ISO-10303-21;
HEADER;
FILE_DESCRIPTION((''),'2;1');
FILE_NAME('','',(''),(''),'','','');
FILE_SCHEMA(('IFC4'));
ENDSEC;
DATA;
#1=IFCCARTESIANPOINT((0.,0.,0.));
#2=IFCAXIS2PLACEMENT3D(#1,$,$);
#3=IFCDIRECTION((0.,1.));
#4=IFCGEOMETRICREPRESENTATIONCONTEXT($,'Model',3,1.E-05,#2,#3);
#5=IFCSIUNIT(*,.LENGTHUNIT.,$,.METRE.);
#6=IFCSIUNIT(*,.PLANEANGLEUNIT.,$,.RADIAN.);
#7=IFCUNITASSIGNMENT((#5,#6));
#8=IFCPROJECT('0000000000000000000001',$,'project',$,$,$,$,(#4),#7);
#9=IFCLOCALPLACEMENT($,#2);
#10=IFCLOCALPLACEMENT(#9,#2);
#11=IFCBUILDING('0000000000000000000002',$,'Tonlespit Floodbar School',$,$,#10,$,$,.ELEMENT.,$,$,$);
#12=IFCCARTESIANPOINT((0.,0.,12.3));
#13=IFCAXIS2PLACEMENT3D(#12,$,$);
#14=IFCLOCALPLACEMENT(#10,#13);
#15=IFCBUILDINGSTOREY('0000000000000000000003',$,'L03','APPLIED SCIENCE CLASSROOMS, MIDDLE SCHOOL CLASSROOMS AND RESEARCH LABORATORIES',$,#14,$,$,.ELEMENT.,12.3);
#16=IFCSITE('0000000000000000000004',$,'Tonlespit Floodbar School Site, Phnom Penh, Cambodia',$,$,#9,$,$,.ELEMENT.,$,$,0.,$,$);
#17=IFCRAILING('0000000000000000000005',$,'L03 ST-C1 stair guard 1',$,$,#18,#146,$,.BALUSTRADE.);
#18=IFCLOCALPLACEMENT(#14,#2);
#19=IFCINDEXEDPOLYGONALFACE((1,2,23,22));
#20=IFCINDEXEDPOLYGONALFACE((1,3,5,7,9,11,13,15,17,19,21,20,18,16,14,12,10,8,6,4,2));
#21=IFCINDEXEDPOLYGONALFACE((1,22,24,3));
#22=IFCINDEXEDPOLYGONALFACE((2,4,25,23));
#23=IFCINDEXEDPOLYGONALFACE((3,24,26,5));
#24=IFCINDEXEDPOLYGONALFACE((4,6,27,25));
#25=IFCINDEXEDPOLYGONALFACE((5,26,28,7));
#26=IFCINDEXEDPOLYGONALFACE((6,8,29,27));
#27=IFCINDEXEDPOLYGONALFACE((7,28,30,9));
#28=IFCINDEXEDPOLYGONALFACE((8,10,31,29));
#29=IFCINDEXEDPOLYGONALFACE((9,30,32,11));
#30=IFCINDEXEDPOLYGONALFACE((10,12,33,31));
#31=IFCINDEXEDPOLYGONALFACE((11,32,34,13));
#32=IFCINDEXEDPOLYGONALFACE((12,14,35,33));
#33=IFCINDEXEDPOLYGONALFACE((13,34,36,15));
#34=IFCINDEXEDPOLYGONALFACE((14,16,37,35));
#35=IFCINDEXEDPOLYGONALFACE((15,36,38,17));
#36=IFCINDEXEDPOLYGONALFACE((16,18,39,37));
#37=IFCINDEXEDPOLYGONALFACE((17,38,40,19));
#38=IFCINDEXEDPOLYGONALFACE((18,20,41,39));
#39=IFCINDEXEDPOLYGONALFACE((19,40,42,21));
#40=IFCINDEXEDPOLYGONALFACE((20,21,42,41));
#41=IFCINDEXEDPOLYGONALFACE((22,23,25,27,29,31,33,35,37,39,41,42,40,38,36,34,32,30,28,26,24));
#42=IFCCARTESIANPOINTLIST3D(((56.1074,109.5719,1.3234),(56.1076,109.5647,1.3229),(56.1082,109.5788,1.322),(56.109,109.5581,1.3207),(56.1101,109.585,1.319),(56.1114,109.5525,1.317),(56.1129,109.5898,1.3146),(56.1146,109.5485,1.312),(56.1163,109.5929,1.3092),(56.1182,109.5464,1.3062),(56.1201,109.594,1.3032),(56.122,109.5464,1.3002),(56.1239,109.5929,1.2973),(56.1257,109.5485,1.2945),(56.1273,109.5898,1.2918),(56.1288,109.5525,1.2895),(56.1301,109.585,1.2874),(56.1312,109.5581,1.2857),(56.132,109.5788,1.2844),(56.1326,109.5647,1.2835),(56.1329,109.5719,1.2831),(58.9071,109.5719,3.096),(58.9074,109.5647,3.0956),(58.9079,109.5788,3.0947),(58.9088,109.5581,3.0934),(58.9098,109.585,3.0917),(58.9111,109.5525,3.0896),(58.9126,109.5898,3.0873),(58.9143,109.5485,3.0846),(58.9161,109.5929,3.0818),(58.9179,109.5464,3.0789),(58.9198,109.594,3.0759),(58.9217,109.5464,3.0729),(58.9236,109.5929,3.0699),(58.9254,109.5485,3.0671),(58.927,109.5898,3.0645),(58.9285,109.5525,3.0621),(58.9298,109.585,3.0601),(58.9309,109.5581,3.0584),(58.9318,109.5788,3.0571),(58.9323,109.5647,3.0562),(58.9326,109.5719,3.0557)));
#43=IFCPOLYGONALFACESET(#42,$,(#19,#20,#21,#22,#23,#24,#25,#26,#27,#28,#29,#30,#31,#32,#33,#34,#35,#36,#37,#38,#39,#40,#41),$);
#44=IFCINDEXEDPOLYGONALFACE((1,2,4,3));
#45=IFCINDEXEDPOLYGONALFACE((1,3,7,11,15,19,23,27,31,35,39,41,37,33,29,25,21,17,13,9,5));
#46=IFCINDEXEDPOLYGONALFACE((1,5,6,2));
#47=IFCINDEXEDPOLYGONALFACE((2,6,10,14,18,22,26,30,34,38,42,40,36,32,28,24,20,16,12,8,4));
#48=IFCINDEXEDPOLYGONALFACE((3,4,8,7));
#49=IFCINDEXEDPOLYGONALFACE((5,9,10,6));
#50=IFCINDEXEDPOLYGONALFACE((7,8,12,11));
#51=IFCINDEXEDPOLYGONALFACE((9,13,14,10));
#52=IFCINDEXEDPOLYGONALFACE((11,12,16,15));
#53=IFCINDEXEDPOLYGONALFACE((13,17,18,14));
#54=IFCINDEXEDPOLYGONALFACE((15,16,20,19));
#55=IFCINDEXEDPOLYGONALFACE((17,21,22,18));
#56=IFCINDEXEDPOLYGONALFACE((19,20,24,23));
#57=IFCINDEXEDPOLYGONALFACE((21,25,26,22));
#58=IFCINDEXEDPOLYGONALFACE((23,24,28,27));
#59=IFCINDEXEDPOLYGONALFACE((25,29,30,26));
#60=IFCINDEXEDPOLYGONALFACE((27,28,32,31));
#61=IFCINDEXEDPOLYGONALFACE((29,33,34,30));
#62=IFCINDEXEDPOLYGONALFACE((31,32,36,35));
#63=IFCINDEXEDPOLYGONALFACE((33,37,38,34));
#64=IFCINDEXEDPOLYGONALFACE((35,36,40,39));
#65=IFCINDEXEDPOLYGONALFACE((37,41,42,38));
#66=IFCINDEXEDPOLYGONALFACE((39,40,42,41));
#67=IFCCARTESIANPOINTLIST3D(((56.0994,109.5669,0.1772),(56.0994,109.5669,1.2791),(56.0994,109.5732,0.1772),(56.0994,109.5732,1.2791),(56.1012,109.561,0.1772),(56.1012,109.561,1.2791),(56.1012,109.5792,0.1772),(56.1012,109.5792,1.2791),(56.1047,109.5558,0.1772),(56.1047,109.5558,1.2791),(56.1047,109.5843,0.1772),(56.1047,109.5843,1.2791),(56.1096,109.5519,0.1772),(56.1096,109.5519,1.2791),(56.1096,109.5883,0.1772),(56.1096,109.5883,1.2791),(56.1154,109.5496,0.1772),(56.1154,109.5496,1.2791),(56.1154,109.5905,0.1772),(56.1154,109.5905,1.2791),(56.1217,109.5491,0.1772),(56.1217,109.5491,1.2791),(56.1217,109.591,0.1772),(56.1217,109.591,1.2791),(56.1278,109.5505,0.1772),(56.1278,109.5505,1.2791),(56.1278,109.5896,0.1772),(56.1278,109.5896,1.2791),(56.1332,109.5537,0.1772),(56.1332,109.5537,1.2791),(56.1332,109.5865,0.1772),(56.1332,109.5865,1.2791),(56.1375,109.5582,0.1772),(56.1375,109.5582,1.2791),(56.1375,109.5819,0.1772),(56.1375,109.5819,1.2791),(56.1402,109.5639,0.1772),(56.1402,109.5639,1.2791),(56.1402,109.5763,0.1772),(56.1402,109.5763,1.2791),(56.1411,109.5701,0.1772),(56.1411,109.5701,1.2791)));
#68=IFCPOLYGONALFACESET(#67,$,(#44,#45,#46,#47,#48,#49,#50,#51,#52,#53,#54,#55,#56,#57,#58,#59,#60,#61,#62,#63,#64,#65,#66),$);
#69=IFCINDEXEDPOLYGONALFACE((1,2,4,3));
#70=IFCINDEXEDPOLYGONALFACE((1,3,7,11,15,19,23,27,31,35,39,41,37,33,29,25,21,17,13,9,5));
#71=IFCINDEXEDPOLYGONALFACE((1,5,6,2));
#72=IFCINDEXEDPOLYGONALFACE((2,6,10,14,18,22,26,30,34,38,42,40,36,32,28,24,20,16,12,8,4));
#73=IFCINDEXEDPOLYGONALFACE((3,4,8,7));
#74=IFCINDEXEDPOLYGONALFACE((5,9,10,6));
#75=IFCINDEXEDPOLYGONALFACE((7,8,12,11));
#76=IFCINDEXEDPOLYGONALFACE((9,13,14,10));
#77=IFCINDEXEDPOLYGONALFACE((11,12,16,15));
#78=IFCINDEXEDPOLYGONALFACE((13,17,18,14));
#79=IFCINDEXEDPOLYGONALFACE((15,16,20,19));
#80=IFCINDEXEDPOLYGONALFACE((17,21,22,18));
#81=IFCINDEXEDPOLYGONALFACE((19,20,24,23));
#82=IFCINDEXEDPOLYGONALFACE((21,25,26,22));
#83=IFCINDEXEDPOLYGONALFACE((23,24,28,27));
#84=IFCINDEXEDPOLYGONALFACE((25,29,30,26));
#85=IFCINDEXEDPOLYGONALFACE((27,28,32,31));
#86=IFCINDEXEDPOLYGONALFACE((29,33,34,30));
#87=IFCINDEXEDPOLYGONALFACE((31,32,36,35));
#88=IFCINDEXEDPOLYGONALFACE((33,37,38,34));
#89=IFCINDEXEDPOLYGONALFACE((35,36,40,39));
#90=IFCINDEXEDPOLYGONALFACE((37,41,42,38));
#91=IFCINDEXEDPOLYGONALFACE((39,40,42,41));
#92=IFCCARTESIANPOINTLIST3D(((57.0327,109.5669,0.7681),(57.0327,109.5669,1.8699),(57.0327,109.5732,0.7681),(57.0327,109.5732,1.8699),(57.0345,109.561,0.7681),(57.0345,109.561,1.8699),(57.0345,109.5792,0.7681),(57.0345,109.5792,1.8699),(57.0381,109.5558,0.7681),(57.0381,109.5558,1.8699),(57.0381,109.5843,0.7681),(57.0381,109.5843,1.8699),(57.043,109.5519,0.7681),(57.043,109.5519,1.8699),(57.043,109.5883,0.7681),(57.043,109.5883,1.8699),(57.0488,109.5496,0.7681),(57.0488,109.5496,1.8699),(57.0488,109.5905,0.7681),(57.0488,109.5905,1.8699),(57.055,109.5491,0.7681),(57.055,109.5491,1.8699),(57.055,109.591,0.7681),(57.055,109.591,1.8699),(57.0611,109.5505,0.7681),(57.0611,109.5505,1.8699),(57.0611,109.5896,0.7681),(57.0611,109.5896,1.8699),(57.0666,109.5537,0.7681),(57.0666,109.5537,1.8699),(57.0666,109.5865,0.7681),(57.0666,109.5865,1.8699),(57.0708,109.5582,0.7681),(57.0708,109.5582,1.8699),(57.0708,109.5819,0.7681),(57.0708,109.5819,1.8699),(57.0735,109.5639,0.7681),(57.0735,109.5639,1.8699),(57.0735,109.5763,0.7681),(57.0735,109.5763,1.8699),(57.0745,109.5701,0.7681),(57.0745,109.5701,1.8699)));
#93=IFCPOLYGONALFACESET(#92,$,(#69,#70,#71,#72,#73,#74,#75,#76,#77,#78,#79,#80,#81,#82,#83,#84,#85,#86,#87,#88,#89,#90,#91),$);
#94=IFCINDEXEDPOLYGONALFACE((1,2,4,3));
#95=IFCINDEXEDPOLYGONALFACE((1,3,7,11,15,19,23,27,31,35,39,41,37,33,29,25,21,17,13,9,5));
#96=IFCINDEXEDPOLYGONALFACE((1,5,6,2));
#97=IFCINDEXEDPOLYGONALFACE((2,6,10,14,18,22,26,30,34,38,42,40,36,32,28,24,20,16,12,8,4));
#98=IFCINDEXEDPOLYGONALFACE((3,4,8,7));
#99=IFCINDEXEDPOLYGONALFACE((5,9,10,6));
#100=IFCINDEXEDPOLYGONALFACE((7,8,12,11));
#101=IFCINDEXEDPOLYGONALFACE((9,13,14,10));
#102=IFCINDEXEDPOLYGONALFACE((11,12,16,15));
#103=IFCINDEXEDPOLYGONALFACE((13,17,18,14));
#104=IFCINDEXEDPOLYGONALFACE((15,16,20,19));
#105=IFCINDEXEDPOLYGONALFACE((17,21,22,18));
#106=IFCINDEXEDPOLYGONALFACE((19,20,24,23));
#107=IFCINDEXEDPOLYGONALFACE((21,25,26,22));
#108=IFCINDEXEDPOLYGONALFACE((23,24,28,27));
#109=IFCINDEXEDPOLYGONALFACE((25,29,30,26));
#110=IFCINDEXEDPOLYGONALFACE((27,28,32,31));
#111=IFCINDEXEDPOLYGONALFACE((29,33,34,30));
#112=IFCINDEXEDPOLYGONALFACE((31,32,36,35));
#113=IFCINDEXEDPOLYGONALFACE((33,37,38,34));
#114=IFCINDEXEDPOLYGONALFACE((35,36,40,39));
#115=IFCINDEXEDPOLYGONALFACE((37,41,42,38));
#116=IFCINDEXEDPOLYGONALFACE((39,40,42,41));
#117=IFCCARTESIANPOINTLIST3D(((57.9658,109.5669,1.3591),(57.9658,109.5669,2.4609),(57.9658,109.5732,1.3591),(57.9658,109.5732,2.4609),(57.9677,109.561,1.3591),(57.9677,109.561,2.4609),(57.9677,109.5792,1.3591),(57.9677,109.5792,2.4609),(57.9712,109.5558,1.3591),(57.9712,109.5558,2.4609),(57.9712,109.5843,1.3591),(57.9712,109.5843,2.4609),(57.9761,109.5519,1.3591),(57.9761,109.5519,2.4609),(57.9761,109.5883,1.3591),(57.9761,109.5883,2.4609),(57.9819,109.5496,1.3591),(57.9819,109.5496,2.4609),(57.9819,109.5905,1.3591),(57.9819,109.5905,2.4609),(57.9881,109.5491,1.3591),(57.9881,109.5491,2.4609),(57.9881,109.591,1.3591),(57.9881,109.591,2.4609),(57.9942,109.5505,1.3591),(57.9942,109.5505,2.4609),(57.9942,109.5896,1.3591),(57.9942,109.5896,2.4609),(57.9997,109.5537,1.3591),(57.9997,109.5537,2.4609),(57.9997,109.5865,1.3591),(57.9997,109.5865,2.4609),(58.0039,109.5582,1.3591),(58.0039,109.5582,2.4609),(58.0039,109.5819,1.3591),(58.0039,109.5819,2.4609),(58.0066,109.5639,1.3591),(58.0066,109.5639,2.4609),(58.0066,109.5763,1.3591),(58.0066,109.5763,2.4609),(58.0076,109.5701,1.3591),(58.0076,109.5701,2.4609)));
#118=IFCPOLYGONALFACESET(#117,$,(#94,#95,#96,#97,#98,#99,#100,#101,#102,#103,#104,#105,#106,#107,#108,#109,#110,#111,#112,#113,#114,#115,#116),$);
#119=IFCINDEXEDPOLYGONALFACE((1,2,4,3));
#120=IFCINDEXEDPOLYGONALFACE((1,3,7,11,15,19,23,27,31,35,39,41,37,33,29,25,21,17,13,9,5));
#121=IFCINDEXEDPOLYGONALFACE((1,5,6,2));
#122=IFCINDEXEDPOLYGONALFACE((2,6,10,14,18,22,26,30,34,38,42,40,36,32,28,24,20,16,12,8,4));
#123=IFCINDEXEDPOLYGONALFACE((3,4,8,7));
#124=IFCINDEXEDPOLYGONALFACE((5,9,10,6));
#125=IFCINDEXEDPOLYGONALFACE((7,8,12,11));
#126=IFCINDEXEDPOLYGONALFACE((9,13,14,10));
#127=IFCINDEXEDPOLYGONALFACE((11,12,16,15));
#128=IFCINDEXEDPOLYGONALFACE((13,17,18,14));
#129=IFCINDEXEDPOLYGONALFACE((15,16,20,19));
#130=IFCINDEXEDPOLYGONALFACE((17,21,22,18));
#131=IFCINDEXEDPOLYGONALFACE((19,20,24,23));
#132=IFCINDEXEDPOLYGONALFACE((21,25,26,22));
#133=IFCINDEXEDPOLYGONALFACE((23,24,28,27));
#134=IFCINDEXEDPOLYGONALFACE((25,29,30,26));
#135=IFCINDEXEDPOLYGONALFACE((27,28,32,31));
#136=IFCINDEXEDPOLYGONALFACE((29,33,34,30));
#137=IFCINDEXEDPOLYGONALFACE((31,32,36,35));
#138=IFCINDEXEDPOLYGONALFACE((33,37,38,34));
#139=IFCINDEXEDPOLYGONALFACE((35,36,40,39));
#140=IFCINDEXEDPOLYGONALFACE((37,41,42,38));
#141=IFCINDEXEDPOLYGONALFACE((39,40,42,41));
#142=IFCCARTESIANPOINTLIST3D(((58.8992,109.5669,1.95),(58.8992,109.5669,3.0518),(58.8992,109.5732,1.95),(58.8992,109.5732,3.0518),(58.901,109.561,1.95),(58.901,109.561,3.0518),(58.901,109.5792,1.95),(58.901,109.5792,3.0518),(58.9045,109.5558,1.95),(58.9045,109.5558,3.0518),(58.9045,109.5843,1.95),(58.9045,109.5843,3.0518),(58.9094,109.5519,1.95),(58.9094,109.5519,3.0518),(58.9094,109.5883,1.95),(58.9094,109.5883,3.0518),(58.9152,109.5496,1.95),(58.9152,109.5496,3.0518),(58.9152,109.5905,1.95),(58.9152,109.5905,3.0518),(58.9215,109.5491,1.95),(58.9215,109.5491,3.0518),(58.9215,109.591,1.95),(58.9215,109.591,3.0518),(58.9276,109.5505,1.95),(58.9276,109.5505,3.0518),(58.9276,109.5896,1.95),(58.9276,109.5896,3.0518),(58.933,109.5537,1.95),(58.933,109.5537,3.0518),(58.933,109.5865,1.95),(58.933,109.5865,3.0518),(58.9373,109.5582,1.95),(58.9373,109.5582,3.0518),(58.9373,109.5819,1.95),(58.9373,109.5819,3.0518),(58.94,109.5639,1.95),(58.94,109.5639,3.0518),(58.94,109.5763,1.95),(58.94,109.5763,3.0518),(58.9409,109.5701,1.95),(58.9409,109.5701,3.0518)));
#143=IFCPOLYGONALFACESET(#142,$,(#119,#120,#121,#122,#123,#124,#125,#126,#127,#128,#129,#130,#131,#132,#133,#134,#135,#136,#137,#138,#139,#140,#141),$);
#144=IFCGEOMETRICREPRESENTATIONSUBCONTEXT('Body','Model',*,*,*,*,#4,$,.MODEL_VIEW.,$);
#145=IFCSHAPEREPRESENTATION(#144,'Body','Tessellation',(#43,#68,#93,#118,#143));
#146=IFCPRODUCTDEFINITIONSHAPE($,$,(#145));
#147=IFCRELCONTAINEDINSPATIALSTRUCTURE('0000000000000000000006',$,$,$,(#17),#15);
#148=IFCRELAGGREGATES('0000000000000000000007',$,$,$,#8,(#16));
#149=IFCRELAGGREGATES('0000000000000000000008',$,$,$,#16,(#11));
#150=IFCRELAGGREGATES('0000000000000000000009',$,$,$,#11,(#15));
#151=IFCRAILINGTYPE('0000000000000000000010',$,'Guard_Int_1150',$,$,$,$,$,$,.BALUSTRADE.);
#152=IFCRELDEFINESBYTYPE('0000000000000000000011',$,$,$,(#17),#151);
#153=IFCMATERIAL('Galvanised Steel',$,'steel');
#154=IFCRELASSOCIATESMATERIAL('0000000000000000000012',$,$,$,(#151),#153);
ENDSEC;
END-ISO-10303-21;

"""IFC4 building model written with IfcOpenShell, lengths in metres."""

from ifc_helpers import new_model, si_unit, direction, frame, origin, origin_2d, place, context, subcontext, project, spatial, circle, extrude, material, type_object, element, save


model = new_model("IFC4")

# Units and contexts
model_context = context("Model", 3, precision=1e-05, world=origin(), true_north=direction((0.0, 1.0)))
body_context = subcontext(model_context, "Body", "Model", "MODEL_VIEW")
ifc_project = project(units=[si_unit("LENGTHUNIT", "METRE"), si_unit("PLANEANGLEUNIT", "RADIAN")], contexts=[model_context])

# Site, building, storey
site_placement = place(None, origin())
site = spatial("IfcSite", under=ifc_project, at=site_placement, Name="Tonlespit Floodbar School Site, Phnom Penh, Cambodia", CompositionType="ELEMENT", RefElevation=0.0)
building_placement = place(site_placement, origin())
building = spatial("IfcBuilding", under=site, at=building_placement, Name="Tonlespit Floodbar School", CompositionType="ELEMENT")
storey_placement = place(building_placement, frame((0.0, 0.0, 12.3)))
storey = spatial("IfcBuildingStorey", under=building, at=storey_placement, Name="L03", Description="APPLIED SCIENCE CLASSROOMS, MIDDLE SCHOOL CLASSROOMS AND RESEARCH LABORATORIES", CompositionType="ELEMENT", Elevation=12.3)

# Shared definitions
ifc_material_1 = material(Name="Galvanised Steel", Category="steel")

# Railing
railing_type_1 = type_object("IfcRailingType", Name="Guard_Int_1150", PredefinedType="BALUSTRADE", material=ifc_material_1)
railing_1_placement = place(storey_placement, frame((56.1201, 109.5701, 0.1772)))
element("IfcRailing", 1, at=railing_1_placement, inside=storey, type_object=railing_type_1, Name="L03 ST-C1 stair guard 1", PredefinedType="BALUSTRADE", context=body_context, shape_type="SweptSolid", body=[
    extrude(circle(Radius=0.0239, at=origin_2d()), frame((0.0, 0.0, 1.126), z_axis=(0.844888, 0.0, 0.534943), x_axis=(0.0, 1.0, 0.0)), (0.0, 0.0, 1.0), 3.3137),
    extrude(circle(Radius=0.021, at=origin_2d()), origin(), (0.0, 0.0, 1.0), 1.1018),
    extrude(circle(Radius=0.021, at=origin_2d()), frame((0.9333, 0.0, 0.5908)), (0.0, 0.0, 1.0), 1.1018),
    extrude(circle(Radius=0.021, at=origin_2d()), frame((1.8665, 0.0, 1.1819)), (0.0, 0.0, 1.0), 1.1018),
    extrude(circle(Radius=0.021, at=origin_2d()), frame((2.7998, 0.0, 1.7727)), (0.0, 0.0, 1.0), 1.1018),
])

save(model, "model.ifc")
